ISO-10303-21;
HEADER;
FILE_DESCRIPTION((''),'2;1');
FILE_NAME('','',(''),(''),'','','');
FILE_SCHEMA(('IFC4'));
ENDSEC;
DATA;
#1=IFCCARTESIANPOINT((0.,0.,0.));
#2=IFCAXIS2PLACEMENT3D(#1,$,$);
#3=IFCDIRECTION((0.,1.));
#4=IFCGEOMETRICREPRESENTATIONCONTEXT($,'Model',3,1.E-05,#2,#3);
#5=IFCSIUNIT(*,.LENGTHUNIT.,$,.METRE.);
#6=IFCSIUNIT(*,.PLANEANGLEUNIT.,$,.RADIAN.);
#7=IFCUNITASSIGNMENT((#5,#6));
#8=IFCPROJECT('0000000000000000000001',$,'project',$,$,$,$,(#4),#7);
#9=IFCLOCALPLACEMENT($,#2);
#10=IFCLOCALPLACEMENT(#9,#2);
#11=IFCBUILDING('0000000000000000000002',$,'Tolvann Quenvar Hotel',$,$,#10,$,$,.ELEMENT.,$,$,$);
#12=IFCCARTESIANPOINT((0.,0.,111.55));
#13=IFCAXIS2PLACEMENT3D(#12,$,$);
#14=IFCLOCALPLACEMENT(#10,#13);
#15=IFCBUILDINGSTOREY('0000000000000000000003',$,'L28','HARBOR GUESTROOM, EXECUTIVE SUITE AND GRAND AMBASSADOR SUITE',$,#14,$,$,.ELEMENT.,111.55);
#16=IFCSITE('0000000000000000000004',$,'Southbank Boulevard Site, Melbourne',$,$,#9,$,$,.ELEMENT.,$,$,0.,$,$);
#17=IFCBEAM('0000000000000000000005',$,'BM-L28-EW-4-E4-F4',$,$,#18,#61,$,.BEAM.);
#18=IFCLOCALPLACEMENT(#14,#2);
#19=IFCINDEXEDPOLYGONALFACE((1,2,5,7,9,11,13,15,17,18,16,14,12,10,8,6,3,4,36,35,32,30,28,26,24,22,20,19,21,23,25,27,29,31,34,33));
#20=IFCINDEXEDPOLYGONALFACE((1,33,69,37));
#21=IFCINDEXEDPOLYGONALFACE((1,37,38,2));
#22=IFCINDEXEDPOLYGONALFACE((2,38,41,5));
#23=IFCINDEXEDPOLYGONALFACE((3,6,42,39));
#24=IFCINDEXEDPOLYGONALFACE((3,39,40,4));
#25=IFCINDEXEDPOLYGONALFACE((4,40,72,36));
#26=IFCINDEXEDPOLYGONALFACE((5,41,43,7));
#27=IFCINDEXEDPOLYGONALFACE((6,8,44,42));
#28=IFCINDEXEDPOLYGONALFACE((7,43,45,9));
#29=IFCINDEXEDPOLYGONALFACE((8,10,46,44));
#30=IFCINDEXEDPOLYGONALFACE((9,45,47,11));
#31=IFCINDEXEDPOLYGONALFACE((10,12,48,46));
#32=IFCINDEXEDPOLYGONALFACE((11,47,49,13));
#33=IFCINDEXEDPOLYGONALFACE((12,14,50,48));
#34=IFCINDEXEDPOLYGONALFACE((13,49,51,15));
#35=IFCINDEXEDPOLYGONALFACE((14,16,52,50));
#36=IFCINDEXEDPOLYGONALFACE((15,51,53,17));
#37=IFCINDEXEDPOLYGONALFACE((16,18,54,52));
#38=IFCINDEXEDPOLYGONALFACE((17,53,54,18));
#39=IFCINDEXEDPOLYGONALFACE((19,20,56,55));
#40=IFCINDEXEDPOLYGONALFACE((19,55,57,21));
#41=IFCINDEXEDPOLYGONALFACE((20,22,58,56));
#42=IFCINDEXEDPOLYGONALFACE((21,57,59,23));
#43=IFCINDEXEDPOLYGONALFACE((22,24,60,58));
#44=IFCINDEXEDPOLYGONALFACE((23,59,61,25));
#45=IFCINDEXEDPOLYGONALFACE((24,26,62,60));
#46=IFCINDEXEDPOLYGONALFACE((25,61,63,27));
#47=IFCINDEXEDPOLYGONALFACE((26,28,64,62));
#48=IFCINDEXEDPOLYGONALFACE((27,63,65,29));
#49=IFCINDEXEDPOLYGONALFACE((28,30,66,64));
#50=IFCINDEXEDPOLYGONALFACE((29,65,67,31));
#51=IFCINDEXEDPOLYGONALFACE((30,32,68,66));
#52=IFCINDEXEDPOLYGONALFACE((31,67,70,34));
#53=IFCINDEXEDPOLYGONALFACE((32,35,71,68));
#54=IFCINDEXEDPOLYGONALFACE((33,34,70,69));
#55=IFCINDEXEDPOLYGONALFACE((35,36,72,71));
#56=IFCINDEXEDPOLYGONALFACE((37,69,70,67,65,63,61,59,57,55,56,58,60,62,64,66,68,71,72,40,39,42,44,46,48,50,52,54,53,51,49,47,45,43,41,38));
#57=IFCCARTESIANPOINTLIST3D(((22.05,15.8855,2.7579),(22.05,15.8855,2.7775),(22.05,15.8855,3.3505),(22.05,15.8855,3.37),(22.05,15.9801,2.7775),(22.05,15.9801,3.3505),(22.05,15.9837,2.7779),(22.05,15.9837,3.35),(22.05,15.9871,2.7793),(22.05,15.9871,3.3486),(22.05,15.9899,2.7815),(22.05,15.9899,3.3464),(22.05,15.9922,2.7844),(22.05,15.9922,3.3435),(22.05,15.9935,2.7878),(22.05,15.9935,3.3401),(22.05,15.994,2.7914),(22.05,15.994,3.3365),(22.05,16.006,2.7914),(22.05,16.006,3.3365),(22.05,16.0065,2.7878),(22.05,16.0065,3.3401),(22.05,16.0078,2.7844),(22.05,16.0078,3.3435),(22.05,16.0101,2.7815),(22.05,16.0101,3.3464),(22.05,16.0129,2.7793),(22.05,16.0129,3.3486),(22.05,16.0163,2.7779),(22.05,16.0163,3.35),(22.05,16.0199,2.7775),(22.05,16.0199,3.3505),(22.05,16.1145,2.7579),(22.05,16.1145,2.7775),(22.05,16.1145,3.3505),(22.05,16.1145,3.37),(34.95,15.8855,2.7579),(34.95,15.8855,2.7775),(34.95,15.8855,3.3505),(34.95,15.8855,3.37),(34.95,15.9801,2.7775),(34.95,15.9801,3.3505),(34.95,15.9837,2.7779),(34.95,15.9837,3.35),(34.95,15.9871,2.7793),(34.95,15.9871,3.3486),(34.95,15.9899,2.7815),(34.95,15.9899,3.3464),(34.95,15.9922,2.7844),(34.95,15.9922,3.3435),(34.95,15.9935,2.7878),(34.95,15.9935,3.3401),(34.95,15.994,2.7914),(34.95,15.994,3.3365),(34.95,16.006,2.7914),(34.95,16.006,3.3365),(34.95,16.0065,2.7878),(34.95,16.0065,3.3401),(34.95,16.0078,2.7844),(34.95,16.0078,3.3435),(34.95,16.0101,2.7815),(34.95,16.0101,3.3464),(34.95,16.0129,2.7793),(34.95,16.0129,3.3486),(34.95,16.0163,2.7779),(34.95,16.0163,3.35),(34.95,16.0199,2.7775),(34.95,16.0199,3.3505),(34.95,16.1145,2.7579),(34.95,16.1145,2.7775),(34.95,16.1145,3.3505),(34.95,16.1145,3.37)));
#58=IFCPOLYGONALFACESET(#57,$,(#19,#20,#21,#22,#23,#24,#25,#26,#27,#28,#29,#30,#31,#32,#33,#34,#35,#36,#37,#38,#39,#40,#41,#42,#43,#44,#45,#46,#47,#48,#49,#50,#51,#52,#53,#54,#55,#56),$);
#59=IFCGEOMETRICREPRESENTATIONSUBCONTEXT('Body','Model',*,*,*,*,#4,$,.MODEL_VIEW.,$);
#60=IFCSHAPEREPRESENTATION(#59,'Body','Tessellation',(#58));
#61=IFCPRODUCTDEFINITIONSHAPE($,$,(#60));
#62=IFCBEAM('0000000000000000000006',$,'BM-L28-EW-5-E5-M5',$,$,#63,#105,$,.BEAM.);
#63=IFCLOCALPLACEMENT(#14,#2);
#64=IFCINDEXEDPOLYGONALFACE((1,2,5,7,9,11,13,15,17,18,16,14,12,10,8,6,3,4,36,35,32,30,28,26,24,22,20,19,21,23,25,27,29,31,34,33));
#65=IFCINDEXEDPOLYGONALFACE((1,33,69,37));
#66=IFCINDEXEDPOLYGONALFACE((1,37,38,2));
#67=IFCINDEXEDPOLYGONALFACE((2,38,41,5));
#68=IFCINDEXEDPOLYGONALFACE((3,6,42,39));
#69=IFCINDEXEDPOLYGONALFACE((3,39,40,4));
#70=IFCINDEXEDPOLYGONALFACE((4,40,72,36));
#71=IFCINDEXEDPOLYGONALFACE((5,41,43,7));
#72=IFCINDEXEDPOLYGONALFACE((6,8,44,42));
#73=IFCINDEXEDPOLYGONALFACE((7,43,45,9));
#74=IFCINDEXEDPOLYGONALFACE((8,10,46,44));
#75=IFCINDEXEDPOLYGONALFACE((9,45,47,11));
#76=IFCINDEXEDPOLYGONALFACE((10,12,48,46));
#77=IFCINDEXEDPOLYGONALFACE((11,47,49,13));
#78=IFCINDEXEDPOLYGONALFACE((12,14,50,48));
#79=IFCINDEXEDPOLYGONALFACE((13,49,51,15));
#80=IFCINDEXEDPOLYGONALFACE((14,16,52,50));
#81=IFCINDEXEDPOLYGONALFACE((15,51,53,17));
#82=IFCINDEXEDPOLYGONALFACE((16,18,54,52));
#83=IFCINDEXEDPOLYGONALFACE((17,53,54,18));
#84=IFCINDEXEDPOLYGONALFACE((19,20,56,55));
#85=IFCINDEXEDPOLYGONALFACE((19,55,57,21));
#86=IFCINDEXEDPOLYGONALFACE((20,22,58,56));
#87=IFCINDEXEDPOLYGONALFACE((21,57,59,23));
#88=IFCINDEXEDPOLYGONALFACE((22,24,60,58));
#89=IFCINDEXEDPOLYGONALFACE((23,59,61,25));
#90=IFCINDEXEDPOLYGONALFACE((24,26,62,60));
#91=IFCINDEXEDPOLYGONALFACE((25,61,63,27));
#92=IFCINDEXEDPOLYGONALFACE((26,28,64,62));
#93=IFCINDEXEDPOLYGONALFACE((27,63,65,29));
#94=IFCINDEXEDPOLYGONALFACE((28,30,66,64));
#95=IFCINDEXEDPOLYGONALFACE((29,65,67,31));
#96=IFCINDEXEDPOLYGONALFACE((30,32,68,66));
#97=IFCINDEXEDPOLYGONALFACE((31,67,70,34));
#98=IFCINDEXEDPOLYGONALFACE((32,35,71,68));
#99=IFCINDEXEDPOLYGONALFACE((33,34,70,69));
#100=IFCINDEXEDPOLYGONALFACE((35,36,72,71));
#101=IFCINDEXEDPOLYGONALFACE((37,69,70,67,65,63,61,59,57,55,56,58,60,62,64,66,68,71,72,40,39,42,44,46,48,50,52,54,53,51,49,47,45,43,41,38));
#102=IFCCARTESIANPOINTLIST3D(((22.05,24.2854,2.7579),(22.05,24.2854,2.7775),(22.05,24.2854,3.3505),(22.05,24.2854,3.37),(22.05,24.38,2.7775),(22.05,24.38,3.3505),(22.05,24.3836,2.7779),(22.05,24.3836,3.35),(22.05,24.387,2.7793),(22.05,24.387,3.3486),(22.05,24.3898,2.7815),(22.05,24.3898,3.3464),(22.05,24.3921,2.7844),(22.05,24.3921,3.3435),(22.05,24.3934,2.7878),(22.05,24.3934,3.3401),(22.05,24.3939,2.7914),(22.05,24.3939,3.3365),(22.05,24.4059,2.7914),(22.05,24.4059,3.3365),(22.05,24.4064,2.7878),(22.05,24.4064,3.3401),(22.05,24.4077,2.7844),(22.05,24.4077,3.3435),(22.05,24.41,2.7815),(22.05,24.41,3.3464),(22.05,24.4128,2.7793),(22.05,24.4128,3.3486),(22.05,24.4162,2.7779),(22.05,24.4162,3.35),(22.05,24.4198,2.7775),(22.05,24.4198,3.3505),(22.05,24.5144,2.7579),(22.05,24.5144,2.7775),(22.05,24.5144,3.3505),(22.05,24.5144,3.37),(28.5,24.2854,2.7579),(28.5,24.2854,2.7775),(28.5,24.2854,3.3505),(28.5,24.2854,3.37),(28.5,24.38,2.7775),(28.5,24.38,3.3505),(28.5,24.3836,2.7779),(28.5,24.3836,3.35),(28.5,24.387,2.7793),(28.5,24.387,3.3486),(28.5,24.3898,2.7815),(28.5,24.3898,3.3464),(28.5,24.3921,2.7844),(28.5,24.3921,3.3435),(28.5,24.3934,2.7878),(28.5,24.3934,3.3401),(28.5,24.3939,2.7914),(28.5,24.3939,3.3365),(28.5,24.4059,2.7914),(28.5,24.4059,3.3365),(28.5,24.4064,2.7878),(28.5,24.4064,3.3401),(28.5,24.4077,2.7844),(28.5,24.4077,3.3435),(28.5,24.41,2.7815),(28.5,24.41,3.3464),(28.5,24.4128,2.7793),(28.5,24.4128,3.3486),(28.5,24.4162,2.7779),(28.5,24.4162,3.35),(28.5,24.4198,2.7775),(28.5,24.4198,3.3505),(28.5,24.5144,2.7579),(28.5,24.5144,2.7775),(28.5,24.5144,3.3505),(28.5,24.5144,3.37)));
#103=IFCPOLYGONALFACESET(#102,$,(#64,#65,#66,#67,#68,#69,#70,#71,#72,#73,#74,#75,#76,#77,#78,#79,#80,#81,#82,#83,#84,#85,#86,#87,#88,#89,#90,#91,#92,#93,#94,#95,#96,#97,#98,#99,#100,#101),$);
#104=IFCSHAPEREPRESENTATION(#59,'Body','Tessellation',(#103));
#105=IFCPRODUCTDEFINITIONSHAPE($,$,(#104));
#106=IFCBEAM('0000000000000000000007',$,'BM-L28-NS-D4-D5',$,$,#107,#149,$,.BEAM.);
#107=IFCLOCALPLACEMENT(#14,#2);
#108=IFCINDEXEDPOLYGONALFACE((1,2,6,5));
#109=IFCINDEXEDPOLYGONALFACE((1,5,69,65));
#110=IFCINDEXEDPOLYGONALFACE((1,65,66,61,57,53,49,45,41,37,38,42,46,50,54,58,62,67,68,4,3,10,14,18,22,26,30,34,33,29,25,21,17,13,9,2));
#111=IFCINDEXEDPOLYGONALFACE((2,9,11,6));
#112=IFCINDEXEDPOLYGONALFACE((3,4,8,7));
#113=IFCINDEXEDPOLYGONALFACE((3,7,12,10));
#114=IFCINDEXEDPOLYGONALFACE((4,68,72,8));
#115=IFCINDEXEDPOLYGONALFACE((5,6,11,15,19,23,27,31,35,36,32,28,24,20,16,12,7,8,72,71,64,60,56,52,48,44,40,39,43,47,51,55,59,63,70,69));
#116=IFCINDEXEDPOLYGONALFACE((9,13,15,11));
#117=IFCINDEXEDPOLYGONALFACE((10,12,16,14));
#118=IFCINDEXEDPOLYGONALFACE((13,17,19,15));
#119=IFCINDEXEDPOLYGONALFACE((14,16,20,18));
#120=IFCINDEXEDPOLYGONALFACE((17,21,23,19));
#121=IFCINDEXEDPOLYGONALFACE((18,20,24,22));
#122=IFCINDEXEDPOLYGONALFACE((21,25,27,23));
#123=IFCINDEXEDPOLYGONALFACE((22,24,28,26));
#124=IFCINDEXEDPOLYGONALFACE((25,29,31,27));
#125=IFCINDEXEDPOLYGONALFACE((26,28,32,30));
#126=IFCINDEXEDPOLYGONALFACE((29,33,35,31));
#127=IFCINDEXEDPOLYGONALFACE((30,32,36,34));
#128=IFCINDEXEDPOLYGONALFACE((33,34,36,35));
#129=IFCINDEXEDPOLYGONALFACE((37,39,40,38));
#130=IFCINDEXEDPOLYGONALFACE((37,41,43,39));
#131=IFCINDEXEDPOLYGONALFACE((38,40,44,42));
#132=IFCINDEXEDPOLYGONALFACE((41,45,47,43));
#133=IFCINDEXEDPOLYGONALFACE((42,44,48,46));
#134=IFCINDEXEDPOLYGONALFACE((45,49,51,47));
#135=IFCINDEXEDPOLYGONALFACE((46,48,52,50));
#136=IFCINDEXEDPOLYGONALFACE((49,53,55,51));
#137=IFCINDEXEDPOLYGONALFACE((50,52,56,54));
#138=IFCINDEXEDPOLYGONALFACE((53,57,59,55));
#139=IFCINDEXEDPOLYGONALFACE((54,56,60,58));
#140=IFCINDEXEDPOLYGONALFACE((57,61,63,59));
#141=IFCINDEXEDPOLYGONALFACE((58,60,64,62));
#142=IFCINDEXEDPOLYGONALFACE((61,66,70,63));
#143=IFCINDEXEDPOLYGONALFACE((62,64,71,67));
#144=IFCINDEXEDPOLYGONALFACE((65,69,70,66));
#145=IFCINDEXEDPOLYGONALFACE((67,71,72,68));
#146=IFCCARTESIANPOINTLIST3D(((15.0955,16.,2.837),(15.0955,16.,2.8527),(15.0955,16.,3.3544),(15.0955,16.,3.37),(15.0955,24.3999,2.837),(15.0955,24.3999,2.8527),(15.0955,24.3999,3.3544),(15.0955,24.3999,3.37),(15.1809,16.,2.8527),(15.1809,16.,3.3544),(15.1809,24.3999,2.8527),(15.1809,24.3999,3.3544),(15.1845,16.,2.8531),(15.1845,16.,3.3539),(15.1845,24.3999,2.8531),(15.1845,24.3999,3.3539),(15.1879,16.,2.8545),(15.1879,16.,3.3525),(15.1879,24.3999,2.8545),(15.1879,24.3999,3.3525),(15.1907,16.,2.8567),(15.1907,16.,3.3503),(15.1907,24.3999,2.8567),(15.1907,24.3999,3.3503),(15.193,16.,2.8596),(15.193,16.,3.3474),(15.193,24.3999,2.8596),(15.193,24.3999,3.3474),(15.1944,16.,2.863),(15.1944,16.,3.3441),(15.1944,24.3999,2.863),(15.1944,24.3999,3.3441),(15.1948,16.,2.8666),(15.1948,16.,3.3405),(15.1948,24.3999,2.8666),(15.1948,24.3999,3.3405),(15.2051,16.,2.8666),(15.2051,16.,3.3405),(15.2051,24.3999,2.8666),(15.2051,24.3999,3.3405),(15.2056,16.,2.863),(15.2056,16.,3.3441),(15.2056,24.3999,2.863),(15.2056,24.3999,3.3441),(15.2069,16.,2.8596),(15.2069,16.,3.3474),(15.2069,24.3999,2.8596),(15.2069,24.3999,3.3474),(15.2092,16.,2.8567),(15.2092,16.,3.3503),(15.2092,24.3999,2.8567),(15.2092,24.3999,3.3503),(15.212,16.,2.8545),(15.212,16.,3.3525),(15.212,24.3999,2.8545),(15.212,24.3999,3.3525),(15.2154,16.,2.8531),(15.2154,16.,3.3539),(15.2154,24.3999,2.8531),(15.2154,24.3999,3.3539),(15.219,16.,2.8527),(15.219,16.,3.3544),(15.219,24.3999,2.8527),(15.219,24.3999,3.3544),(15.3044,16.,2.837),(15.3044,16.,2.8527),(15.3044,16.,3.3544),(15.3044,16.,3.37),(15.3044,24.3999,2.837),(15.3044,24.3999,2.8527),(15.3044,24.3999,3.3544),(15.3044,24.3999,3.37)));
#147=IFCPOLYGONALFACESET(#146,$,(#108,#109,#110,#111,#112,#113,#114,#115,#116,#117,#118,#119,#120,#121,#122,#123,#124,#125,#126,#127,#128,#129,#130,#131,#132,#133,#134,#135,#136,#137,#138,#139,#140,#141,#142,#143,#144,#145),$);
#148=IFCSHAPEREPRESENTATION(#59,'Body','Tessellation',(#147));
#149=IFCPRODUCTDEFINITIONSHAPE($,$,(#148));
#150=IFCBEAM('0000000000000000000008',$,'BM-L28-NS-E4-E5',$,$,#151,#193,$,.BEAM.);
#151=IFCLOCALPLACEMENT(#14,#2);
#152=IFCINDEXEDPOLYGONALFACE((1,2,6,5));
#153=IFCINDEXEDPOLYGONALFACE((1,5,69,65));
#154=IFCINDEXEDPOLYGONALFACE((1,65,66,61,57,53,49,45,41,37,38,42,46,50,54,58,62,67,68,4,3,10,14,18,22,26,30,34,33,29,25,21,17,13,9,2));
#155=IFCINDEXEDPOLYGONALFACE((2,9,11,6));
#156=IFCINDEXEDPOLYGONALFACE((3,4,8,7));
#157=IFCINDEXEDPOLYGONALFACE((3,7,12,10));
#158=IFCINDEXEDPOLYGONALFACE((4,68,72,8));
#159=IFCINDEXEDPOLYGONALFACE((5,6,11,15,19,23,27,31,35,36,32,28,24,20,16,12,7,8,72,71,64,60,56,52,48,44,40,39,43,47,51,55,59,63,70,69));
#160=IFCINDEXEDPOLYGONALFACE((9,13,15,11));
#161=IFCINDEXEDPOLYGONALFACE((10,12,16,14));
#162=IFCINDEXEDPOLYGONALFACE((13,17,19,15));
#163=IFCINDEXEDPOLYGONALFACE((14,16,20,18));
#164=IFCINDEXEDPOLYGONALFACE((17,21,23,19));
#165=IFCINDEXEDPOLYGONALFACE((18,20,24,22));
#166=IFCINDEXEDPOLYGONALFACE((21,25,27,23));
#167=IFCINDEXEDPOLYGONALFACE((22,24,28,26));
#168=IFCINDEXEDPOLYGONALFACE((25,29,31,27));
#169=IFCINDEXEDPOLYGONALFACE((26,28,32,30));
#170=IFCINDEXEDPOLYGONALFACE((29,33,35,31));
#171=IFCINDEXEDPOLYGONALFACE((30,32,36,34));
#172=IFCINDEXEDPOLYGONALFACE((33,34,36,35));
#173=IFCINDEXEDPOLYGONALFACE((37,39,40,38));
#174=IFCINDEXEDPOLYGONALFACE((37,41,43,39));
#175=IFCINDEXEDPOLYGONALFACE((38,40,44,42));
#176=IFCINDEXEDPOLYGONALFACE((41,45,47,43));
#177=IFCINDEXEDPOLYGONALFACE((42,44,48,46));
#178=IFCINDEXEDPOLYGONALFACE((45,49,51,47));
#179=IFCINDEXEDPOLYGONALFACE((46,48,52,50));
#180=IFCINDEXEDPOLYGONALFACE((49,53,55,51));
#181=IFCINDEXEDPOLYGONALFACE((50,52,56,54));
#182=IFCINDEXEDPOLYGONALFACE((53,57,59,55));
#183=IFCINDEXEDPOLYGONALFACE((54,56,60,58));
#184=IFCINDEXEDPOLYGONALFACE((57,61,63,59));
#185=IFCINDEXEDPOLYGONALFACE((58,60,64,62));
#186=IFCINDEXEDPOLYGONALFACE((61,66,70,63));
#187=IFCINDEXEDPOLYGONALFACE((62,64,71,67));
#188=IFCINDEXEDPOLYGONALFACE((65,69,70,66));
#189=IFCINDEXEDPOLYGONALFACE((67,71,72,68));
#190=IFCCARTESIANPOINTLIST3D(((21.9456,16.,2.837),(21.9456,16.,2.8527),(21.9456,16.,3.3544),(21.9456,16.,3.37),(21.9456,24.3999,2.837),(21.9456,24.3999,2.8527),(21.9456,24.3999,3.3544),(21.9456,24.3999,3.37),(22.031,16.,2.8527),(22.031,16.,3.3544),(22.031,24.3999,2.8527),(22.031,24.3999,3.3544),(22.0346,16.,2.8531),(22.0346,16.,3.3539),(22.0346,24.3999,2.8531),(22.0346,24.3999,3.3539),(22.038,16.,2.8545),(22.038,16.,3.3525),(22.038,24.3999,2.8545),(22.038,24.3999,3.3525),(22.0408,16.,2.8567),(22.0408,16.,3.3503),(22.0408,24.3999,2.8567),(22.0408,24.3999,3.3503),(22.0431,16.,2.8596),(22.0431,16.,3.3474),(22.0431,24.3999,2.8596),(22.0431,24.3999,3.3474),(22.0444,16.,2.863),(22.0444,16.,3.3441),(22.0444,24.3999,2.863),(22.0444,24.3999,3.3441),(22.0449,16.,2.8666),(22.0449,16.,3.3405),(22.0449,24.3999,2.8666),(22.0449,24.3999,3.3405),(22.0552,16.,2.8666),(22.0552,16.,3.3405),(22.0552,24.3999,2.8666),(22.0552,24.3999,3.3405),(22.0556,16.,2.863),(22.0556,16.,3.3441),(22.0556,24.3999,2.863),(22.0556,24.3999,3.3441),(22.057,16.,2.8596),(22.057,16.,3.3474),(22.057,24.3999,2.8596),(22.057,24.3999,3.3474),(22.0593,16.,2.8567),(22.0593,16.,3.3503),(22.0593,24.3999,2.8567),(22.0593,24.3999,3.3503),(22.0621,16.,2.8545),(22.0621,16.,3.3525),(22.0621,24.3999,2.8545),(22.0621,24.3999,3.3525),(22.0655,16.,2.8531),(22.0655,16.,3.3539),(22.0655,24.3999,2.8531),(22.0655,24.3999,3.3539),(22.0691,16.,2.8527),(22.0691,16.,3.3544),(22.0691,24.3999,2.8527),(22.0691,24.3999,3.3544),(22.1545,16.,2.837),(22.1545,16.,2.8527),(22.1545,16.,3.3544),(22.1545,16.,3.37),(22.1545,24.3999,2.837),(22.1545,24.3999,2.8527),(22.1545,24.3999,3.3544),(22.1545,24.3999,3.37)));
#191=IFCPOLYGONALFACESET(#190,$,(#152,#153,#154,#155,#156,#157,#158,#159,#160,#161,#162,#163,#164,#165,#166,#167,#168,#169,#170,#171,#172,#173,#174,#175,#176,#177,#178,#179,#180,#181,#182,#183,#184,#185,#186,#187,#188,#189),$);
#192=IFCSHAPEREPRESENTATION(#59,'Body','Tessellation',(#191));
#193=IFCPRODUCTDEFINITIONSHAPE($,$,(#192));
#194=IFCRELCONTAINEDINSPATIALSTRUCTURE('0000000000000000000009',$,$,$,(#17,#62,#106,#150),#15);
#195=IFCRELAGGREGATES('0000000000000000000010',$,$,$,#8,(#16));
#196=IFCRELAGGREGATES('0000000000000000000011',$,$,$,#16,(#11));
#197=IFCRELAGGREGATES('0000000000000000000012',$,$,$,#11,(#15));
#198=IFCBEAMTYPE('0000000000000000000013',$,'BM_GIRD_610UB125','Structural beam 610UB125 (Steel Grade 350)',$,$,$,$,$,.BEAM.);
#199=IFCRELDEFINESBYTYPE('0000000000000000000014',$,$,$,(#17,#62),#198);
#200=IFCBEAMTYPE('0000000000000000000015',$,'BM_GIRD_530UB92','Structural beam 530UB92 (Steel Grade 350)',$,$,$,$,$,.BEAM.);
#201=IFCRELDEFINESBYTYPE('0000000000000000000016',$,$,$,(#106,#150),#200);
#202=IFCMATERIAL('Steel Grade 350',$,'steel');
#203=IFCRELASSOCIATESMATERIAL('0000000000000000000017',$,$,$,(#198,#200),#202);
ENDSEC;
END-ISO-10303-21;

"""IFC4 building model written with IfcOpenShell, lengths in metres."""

from ifc_helpers import new_model, si_unit, direction, frame, origin, origin_2d, place, context, subcontext, project, spatial, i_section, extrude, source, transform, mapped, material, material_profile, profile_set, type_object, type_shapes, element, save


model = new_model("IFC4")

# Units and contexts
model_context = context("Model", 3, precision=1e-05, world=origin(), true_north=direction((0.0, 1.0)))
body_context = subcontext(model_context, "Body", "Model", "MODEL_VIEW")
ifc_project = project(units=[si_unit("LENGTHUNIT", "METRE"), si_unit("PLANEANGLEUNIT", "RADIAN")], contexts=[model_context])

# Site, building, storey
site_placement = place(None, origin())
site = spatial("IfcSite", under=ifc_project, at=site_placement, Name="Southbank Boulevard Site, Melbourne", CompositionType="ELEMENT", RefElevation=0.0)
building_placement = place(site_placement, origin())
building = spatial("IfcBuilding", under=site, at=building_placement, Name="Tolvann Quenvar Hotel", CompositionType="ELEMENT")
storey_placement = place(building_placement, frame((0.0, 0.0, 111.55)))
storey = spatial("IfcBuildingStorey", under=building, at=storey_placement, Name="L28", Description="HARBOR GUESTROOM, EXECUTIVE SUITE AND GRAND AMBASSADOR SUITE", CompositionType="ELEMENT", Elevation=111.55)

# Shared definitions
ifc_material_1 = material(Name="Steel Grade 350", Category="steel")

# Beams
ifc_material_profile_1 = material_profile(ifc_material_1, i_section(OverallWidth=0.229, OverallDepth=0.6121, WebThickness=0.012, FlangeThickness=0.0195, FilletRadius=0.0139, at=origin_2d()), Name="610UB125")
ifc_profile_set_1 = profile_set([ifc_material_profile_1], Name="Steel Grade 350")
beam_type_1 = type_object("IfcBeamType", Name="BM_GIRD_610UB125", Description="Structural beam 610UB125 (Steel Grade 350)", PredefinedType="BEAM", material=ifc_profile_set_1)
shared_shape_1 = source(origin(), body_context, "Body", "SweptSolid", [
    extrude(i_section(OverallWidth=0.229, OverallDepth=0.6121, WebThickness=0.012, FlangeThickness=0.0195, FilletRadius=0.0139, at=origin_2d()), origin(), (0.0, 0.0, 1.0), 12.8999),
])
beam_1_placement = place(storey_placement, frame((22.05, 16.0, 3.064), z_axis=(1.0, 0.0, 0.0), x_axis=(0.0, 1.0, 0.0)))
element("IfcBeam", 1, at=beam_1_placement, inside=storey, type_object=beam_type_1, Name="BM-L28-EW-4-E4-F4", PredefinedType="BEAM", context=body_context, shape_type="MappedRepresentation", body=[
    mapped(shared_shape_1, transform((0.0, 0.0, 0.0), x_axis=(1.0, 0.0, 0.0), y_axis=(0.0, 1.0, 0.0), z_axis=(0.0, 0.0, 1.0), scale=1.0)),
])
shared_shape_2 = source(origin(), body_context, "Body", "SweptSolid", [
    extrude(i_section(OverallWidth=0.229, OverallDepth=0.6121, WebThickness=0.012, FlangeThickness=0.0195, FilletRadius=0.0139, at=origin_2d()), origin(), (0.0, 0.0, 1.0), 6.45),
])
beam_2_placement = place(storey_placement, frame((22.05, 24.3999, 3.064), z_axis=(1.0, 0.0, 0.0), x_axis=(0.0, 1.0, 0.0)))
element("IfcBeam", 2, at=beam_2_placement, inside=storey, type_object=beam_type_1, Name="BM-L28-EW-5-E5-M5", PredefinedType="BEAM", context=body_context, shape_type="MappedRepresentation", body=[
    mapped(shared_shape_2, transform((0.0, 0.0, 0.0), x_axis=(1.0, 0.0, 0.0), y_axis=(0.0, 1.0, 0.0), z_axis=(0.0, 0.0, 1.0), scale=1.0)),
])
ifc_material_profile_2 = material_profile(ifc_material_1, i_section(OverallWidth=0.209, OverallDepth=0.533, WebThickness=0.0103, FlangeThickness=0.0156, FilletRadius=0.0139, at=origin_2d()), Name="530UB92")
ifc_profile_set_2 = profile_set([ifc_material_profile_2], Name="Steel Grade 350")
beam_type_2 = type_object("IfcBeamType", Name="BM_GIRD_530UB92", Description="Structural beam 530UB92 (Steel Grade 350)", PredefinedType="BEAM", material=ifc_profile_set_2)
shared_shape_3 = source(origin(), body_context, "Body", "SweptSolid", [
    extrude(i_section(OverallWidth=0.209, OverallDepth=0.533, WebThickness=0.0103, FlangeThickness=0.0156, FilletRadius=0.0139, at=origin_2d()), origin(), (0.0, 0.0, 1.0), 8.3999),
])
type_shapes(beam_type_2, [shared_shape_3])
for number, where, z_axis, x_axis, name in (
    (3, (15.2, 16.0, 3.1035), (0.0, 1.0, 0.0), (-1.0, 0.0, 0.0), "BM-L28-NS-D4-D5"),
    (4, (22.05, 16.0, 3.1035), (0.0, 1.0, 0.0), (-1.0, 0.0, 0.0), "BM-L28-NS-E4-E5"),
):
    element("IfcBeam", number, at=place(storey_placement, frame(where, z_axis=z_axis, x_axis=x_axis)), inside=storey, type_object=beam_type_2, Name=name, PredefinedType="BEAM", context=body_context, shape_type="MappedRepresentation", body=[
        mapped(shared_shape_3, transform((0.0, 0.0, 0.0), x_axis=(1.0, 0.0, 0.0), y_axis=(0.0, 1.0, 0.0), z_axis=(0.0, 0.0, 1.0), scale=1.0)),
    ])

save(model, "model.ifc")
